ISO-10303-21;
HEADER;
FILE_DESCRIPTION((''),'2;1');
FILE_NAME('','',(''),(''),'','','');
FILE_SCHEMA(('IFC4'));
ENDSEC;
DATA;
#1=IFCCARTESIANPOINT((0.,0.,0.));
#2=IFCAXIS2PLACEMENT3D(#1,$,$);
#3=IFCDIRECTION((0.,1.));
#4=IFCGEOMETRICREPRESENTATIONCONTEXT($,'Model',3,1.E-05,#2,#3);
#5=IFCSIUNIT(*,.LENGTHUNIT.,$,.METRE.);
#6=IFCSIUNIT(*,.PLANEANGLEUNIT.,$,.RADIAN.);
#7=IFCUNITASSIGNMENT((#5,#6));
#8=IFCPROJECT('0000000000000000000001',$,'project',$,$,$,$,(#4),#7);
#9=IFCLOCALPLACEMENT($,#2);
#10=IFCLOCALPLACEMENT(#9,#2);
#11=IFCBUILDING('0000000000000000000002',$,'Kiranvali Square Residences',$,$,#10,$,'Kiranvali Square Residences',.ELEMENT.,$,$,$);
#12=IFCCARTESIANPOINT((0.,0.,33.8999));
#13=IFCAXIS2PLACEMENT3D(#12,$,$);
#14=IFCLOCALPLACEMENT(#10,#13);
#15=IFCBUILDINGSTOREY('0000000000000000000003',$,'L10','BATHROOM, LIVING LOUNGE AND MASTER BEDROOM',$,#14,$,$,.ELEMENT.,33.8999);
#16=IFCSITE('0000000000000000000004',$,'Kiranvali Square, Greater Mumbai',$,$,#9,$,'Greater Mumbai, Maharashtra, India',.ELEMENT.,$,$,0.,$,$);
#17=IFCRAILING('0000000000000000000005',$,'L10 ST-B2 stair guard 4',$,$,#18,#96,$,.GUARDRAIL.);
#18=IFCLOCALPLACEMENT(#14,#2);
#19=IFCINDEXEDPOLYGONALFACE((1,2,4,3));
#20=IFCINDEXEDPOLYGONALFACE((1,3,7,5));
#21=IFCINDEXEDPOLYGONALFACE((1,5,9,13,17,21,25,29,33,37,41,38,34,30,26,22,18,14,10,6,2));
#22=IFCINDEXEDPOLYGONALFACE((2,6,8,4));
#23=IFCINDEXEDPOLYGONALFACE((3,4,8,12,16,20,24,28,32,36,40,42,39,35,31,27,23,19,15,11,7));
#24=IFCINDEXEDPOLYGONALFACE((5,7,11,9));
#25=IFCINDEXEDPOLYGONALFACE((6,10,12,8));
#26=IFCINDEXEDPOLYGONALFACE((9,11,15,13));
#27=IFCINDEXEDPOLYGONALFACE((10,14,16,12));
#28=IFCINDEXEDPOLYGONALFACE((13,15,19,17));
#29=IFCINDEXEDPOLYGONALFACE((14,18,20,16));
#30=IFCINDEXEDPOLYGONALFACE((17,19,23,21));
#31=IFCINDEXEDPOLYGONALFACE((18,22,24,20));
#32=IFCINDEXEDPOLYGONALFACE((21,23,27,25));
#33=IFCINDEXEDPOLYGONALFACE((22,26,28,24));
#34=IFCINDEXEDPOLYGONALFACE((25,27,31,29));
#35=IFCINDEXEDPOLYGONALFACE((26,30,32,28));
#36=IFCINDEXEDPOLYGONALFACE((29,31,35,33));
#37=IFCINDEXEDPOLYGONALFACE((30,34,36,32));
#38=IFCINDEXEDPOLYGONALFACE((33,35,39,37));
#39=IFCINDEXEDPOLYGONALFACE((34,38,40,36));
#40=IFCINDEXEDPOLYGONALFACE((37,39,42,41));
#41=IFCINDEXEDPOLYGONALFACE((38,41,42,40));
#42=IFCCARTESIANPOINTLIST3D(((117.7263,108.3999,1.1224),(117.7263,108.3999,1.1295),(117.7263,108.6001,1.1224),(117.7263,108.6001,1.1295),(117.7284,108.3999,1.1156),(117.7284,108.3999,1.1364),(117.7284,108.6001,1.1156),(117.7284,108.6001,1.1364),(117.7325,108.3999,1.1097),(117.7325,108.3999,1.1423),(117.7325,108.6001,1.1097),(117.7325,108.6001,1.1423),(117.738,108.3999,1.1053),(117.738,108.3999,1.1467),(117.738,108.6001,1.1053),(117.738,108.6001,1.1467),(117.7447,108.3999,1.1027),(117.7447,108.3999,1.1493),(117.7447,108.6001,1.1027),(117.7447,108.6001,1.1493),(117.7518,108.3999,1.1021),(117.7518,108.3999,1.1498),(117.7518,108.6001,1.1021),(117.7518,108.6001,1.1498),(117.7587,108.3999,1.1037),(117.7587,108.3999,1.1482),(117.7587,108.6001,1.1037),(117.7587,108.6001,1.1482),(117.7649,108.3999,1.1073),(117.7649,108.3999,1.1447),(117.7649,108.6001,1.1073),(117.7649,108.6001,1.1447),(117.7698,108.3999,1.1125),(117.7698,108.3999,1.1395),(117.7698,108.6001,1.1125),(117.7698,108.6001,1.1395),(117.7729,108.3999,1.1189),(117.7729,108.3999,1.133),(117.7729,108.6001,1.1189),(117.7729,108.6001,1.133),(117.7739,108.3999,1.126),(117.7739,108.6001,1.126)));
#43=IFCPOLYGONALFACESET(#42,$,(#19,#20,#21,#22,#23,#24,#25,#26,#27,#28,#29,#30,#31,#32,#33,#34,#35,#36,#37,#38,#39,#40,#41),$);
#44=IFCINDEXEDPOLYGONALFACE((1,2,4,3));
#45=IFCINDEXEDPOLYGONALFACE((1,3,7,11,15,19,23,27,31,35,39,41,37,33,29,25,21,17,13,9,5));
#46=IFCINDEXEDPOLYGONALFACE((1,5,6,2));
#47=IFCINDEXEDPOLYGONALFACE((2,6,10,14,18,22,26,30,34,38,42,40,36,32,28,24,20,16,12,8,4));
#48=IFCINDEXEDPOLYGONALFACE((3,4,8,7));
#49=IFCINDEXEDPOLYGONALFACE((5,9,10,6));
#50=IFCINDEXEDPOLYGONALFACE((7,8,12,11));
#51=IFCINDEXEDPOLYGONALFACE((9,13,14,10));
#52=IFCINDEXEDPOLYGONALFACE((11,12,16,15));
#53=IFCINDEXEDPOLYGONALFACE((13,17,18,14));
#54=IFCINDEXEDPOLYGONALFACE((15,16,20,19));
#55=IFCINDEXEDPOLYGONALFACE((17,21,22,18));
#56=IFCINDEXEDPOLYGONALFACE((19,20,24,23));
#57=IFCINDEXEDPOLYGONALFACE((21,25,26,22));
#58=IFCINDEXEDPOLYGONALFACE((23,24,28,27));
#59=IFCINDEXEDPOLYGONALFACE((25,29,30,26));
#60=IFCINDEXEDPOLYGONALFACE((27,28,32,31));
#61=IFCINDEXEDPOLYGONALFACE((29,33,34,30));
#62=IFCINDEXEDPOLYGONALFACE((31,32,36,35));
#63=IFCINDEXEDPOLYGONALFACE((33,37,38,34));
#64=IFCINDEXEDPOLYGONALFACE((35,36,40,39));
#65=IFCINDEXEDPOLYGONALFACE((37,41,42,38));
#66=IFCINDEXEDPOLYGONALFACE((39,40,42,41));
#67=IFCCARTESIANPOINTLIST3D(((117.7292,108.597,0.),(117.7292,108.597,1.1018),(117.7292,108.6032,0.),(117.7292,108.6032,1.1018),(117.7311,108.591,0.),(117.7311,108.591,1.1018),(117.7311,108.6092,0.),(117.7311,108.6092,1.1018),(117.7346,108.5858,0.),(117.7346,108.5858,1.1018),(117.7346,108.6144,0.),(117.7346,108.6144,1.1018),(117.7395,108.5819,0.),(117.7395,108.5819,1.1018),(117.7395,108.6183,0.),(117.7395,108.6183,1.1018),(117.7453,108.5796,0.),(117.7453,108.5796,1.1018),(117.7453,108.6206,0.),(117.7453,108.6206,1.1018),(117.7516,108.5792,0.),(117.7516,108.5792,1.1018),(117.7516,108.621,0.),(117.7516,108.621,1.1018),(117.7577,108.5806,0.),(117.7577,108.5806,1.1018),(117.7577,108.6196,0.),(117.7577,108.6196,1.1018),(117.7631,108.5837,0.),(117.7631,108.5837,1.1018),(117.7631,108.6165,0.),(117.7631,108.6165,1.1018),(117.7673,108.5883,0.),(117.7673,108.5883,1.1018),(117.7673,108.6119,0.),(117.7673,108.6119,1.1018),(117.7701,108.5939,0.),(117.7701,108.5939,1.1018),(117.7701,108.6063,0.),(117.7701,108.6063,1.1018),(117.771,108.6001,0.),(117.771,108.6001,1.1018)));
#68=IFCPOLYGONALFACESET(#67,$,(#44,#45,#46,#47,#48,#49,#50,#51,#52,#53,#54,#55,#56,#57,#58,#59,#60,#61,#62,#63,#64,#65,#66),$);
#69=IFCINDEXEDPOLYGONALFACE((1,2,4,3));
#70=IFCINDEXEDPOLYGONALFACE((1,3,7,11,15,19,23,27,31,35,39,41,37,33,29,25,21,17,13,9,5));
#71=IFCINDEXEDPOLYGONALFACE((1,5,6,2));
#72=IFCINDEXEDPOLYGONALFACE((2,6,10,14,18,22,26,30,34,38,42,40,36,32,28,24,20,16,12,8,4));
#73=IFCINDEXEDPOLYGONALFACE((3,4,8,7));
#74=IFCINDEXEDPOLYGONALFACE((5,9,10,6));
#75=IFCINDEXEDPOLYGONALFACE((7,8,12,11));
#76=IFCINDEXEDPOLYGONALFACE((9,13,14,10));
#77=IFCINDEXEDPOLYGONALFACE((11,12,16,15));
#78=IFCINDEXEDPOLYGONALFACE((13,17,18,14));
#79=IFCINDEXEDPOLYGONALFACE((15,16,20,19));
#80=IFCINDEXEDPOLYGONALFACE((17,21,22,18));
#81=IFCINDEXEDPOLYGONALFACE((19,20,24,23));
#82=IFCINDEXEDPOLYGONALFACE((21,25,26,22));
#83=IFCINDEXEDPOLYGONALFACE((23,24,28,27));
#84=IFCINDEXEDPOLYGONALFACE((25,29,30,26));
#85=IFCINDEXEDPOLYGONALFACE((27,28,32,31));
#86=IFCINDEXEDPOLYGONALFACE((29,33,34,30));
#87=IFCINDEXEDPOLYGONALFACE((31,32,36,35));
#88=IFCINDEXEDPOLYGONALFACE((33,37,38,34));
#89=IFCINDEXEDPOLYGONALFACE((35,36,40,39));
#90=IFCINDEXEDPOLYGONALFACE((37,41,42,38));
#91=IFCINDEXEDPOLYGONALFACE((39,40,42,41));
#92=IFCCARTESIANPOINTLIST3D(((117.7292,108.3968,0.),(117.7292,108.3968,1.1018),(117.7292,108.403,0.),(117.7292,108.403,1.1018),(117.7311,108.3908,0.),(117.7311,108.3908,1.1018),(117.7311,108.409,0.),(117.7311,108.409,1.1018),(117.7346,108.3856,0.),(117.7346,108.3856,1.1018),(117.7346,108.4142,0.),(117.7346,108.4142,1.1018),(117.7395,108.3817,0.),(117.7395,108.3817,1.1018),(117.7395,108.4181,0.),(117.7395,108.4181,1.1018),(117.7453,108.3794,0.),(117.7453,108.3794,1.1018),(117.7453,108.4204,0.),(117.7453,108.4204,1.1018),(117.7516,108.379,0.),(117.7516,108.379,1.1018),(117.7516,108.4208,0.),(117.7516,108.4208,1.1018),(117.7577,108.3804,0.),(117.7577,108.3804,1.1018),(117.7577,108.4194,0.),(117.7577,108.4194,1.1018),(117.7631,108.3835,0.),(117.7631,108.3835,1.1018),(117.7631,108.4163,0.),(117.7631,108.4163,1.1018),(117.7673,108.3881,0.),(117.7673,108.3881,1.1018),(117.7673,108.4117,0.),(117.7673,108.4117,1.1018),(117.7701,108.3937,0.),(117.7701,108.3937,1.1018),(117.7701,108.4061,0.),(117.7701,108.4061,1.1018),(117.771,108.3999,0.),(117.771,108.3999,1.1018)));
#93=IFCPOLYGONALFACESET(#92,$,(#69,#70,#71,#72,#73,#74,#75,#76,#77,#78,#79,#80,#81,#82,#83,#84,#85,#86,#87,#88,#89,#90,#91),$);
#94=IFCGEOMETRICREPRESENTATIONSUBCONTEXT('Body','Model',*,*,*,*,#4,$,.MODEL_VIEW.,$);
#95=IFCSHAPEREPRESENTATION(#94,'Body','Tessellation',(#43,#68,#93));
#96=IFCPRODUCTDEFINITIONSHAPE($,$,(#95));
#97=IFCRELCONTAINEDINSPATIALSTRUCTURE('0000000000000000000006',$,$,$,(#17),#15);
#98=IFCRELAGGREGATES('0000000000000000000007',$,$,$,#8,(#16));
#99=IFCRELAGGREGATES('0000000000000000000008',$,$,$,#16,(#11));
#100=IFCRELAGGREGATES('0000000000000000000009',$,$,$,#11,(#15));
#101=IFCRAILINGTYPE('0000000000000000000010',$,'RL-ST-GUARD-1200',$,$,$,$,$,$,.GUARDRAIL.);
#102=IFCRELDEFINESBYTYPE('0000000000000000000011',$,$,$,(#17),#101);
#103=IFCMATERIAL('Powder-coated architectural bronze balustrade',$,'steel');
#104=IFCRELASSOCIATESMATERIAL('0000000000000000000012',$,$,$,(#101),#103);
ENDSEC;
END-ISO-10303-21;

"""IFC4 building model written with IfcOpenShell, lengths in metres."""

from ifc_helpers import new_model, si_unit, direction, frame, origin, origin_2d, place, context, subcontext, project, spatial, circle, extrude, material, type_object, element, save


model = new_model("IFC4")

# Units and contexts
model_context = context("Model", 3, precision=1e-05, world=origin(), true_north=direction((0.0, 1.0)))
body_context = subcontext(model_context, "Body", "Model", "MODEL_VIEW")
ifc_project = project(units=[si_unit("LENGTHUNIT", "METRE"), si_unit("PLANEANGLEUNIT", "RADIAN")], contexts=[model_context])

# Site, building, storey
site_placement = place(None, origin())
site = spatial("IfcSite", under=ifc_project, at=site_placement, Name="Kiranvali Square, Greater Mumbai", LongName="Greater Mumbai, Maharashtra, India", CompositionType="ELEMENT", RefElevation=0.0)
building_placement = place(site_placement, origin())
building = spatial("IfcBuilding", under=site, at=building_placement, Name="Kiranvali Square Residences", LongName="Kiranvali Square Residences", CompositionType="ELEMENT")
storey_placement = place(building_placement, frame((0.0, 0.0, 33.8999)))
storey = spatial("IfcBuildingStorey", under=building, at=storey_placement, Name="L10", Description="BATHROOM, LIVING LOUNGE AND MASTER BEDROOM", CompositionType="ELEMENT", Elevation=33.8999)

# Railing
ifc_material_1 = material(Name="Powder-coated architectural bronze balustrade", Category="steel")
railing_type_1 = type_object("IfcRailingType", Name="RL-ST-GUARD-1200", PredefinedType="GUARDRAIL", material=ifc_material_1)
railing_1_placement = place(storey_placement, frame((117.75, 108.6001, 0.0)))
element("IfcRailing", 1, at=railing_1_placement, inside=storey, type_object=railing_type_1, Name="L10 ST-B2 stair guard 4", PredefinedType="GUARDRAIL", context=body_context, shape_type="SweptSolid", body=[
    extrude(circle(Radius=0.0239, at=origin_2d()), frame((0.0, 0.0, 1.126), z_axis=(0.0, -1.0, 0.0), x_axis=(1.0, 0.0, 0.0)), (0.0, 0.0, 1.0), 0.2002),
    extrude(circle(Radius=0.021, at=origin_2d()), origin(), (0.0, 0.0, 1.0), 1.1018),
    extrude(circle(Radius=0.021, at=origin_2d()), frame((0.0, -0.2002, 0.0)), (0.0, 0.0, 1.0), 1.1018),
])

save(model, "model.ifc")
